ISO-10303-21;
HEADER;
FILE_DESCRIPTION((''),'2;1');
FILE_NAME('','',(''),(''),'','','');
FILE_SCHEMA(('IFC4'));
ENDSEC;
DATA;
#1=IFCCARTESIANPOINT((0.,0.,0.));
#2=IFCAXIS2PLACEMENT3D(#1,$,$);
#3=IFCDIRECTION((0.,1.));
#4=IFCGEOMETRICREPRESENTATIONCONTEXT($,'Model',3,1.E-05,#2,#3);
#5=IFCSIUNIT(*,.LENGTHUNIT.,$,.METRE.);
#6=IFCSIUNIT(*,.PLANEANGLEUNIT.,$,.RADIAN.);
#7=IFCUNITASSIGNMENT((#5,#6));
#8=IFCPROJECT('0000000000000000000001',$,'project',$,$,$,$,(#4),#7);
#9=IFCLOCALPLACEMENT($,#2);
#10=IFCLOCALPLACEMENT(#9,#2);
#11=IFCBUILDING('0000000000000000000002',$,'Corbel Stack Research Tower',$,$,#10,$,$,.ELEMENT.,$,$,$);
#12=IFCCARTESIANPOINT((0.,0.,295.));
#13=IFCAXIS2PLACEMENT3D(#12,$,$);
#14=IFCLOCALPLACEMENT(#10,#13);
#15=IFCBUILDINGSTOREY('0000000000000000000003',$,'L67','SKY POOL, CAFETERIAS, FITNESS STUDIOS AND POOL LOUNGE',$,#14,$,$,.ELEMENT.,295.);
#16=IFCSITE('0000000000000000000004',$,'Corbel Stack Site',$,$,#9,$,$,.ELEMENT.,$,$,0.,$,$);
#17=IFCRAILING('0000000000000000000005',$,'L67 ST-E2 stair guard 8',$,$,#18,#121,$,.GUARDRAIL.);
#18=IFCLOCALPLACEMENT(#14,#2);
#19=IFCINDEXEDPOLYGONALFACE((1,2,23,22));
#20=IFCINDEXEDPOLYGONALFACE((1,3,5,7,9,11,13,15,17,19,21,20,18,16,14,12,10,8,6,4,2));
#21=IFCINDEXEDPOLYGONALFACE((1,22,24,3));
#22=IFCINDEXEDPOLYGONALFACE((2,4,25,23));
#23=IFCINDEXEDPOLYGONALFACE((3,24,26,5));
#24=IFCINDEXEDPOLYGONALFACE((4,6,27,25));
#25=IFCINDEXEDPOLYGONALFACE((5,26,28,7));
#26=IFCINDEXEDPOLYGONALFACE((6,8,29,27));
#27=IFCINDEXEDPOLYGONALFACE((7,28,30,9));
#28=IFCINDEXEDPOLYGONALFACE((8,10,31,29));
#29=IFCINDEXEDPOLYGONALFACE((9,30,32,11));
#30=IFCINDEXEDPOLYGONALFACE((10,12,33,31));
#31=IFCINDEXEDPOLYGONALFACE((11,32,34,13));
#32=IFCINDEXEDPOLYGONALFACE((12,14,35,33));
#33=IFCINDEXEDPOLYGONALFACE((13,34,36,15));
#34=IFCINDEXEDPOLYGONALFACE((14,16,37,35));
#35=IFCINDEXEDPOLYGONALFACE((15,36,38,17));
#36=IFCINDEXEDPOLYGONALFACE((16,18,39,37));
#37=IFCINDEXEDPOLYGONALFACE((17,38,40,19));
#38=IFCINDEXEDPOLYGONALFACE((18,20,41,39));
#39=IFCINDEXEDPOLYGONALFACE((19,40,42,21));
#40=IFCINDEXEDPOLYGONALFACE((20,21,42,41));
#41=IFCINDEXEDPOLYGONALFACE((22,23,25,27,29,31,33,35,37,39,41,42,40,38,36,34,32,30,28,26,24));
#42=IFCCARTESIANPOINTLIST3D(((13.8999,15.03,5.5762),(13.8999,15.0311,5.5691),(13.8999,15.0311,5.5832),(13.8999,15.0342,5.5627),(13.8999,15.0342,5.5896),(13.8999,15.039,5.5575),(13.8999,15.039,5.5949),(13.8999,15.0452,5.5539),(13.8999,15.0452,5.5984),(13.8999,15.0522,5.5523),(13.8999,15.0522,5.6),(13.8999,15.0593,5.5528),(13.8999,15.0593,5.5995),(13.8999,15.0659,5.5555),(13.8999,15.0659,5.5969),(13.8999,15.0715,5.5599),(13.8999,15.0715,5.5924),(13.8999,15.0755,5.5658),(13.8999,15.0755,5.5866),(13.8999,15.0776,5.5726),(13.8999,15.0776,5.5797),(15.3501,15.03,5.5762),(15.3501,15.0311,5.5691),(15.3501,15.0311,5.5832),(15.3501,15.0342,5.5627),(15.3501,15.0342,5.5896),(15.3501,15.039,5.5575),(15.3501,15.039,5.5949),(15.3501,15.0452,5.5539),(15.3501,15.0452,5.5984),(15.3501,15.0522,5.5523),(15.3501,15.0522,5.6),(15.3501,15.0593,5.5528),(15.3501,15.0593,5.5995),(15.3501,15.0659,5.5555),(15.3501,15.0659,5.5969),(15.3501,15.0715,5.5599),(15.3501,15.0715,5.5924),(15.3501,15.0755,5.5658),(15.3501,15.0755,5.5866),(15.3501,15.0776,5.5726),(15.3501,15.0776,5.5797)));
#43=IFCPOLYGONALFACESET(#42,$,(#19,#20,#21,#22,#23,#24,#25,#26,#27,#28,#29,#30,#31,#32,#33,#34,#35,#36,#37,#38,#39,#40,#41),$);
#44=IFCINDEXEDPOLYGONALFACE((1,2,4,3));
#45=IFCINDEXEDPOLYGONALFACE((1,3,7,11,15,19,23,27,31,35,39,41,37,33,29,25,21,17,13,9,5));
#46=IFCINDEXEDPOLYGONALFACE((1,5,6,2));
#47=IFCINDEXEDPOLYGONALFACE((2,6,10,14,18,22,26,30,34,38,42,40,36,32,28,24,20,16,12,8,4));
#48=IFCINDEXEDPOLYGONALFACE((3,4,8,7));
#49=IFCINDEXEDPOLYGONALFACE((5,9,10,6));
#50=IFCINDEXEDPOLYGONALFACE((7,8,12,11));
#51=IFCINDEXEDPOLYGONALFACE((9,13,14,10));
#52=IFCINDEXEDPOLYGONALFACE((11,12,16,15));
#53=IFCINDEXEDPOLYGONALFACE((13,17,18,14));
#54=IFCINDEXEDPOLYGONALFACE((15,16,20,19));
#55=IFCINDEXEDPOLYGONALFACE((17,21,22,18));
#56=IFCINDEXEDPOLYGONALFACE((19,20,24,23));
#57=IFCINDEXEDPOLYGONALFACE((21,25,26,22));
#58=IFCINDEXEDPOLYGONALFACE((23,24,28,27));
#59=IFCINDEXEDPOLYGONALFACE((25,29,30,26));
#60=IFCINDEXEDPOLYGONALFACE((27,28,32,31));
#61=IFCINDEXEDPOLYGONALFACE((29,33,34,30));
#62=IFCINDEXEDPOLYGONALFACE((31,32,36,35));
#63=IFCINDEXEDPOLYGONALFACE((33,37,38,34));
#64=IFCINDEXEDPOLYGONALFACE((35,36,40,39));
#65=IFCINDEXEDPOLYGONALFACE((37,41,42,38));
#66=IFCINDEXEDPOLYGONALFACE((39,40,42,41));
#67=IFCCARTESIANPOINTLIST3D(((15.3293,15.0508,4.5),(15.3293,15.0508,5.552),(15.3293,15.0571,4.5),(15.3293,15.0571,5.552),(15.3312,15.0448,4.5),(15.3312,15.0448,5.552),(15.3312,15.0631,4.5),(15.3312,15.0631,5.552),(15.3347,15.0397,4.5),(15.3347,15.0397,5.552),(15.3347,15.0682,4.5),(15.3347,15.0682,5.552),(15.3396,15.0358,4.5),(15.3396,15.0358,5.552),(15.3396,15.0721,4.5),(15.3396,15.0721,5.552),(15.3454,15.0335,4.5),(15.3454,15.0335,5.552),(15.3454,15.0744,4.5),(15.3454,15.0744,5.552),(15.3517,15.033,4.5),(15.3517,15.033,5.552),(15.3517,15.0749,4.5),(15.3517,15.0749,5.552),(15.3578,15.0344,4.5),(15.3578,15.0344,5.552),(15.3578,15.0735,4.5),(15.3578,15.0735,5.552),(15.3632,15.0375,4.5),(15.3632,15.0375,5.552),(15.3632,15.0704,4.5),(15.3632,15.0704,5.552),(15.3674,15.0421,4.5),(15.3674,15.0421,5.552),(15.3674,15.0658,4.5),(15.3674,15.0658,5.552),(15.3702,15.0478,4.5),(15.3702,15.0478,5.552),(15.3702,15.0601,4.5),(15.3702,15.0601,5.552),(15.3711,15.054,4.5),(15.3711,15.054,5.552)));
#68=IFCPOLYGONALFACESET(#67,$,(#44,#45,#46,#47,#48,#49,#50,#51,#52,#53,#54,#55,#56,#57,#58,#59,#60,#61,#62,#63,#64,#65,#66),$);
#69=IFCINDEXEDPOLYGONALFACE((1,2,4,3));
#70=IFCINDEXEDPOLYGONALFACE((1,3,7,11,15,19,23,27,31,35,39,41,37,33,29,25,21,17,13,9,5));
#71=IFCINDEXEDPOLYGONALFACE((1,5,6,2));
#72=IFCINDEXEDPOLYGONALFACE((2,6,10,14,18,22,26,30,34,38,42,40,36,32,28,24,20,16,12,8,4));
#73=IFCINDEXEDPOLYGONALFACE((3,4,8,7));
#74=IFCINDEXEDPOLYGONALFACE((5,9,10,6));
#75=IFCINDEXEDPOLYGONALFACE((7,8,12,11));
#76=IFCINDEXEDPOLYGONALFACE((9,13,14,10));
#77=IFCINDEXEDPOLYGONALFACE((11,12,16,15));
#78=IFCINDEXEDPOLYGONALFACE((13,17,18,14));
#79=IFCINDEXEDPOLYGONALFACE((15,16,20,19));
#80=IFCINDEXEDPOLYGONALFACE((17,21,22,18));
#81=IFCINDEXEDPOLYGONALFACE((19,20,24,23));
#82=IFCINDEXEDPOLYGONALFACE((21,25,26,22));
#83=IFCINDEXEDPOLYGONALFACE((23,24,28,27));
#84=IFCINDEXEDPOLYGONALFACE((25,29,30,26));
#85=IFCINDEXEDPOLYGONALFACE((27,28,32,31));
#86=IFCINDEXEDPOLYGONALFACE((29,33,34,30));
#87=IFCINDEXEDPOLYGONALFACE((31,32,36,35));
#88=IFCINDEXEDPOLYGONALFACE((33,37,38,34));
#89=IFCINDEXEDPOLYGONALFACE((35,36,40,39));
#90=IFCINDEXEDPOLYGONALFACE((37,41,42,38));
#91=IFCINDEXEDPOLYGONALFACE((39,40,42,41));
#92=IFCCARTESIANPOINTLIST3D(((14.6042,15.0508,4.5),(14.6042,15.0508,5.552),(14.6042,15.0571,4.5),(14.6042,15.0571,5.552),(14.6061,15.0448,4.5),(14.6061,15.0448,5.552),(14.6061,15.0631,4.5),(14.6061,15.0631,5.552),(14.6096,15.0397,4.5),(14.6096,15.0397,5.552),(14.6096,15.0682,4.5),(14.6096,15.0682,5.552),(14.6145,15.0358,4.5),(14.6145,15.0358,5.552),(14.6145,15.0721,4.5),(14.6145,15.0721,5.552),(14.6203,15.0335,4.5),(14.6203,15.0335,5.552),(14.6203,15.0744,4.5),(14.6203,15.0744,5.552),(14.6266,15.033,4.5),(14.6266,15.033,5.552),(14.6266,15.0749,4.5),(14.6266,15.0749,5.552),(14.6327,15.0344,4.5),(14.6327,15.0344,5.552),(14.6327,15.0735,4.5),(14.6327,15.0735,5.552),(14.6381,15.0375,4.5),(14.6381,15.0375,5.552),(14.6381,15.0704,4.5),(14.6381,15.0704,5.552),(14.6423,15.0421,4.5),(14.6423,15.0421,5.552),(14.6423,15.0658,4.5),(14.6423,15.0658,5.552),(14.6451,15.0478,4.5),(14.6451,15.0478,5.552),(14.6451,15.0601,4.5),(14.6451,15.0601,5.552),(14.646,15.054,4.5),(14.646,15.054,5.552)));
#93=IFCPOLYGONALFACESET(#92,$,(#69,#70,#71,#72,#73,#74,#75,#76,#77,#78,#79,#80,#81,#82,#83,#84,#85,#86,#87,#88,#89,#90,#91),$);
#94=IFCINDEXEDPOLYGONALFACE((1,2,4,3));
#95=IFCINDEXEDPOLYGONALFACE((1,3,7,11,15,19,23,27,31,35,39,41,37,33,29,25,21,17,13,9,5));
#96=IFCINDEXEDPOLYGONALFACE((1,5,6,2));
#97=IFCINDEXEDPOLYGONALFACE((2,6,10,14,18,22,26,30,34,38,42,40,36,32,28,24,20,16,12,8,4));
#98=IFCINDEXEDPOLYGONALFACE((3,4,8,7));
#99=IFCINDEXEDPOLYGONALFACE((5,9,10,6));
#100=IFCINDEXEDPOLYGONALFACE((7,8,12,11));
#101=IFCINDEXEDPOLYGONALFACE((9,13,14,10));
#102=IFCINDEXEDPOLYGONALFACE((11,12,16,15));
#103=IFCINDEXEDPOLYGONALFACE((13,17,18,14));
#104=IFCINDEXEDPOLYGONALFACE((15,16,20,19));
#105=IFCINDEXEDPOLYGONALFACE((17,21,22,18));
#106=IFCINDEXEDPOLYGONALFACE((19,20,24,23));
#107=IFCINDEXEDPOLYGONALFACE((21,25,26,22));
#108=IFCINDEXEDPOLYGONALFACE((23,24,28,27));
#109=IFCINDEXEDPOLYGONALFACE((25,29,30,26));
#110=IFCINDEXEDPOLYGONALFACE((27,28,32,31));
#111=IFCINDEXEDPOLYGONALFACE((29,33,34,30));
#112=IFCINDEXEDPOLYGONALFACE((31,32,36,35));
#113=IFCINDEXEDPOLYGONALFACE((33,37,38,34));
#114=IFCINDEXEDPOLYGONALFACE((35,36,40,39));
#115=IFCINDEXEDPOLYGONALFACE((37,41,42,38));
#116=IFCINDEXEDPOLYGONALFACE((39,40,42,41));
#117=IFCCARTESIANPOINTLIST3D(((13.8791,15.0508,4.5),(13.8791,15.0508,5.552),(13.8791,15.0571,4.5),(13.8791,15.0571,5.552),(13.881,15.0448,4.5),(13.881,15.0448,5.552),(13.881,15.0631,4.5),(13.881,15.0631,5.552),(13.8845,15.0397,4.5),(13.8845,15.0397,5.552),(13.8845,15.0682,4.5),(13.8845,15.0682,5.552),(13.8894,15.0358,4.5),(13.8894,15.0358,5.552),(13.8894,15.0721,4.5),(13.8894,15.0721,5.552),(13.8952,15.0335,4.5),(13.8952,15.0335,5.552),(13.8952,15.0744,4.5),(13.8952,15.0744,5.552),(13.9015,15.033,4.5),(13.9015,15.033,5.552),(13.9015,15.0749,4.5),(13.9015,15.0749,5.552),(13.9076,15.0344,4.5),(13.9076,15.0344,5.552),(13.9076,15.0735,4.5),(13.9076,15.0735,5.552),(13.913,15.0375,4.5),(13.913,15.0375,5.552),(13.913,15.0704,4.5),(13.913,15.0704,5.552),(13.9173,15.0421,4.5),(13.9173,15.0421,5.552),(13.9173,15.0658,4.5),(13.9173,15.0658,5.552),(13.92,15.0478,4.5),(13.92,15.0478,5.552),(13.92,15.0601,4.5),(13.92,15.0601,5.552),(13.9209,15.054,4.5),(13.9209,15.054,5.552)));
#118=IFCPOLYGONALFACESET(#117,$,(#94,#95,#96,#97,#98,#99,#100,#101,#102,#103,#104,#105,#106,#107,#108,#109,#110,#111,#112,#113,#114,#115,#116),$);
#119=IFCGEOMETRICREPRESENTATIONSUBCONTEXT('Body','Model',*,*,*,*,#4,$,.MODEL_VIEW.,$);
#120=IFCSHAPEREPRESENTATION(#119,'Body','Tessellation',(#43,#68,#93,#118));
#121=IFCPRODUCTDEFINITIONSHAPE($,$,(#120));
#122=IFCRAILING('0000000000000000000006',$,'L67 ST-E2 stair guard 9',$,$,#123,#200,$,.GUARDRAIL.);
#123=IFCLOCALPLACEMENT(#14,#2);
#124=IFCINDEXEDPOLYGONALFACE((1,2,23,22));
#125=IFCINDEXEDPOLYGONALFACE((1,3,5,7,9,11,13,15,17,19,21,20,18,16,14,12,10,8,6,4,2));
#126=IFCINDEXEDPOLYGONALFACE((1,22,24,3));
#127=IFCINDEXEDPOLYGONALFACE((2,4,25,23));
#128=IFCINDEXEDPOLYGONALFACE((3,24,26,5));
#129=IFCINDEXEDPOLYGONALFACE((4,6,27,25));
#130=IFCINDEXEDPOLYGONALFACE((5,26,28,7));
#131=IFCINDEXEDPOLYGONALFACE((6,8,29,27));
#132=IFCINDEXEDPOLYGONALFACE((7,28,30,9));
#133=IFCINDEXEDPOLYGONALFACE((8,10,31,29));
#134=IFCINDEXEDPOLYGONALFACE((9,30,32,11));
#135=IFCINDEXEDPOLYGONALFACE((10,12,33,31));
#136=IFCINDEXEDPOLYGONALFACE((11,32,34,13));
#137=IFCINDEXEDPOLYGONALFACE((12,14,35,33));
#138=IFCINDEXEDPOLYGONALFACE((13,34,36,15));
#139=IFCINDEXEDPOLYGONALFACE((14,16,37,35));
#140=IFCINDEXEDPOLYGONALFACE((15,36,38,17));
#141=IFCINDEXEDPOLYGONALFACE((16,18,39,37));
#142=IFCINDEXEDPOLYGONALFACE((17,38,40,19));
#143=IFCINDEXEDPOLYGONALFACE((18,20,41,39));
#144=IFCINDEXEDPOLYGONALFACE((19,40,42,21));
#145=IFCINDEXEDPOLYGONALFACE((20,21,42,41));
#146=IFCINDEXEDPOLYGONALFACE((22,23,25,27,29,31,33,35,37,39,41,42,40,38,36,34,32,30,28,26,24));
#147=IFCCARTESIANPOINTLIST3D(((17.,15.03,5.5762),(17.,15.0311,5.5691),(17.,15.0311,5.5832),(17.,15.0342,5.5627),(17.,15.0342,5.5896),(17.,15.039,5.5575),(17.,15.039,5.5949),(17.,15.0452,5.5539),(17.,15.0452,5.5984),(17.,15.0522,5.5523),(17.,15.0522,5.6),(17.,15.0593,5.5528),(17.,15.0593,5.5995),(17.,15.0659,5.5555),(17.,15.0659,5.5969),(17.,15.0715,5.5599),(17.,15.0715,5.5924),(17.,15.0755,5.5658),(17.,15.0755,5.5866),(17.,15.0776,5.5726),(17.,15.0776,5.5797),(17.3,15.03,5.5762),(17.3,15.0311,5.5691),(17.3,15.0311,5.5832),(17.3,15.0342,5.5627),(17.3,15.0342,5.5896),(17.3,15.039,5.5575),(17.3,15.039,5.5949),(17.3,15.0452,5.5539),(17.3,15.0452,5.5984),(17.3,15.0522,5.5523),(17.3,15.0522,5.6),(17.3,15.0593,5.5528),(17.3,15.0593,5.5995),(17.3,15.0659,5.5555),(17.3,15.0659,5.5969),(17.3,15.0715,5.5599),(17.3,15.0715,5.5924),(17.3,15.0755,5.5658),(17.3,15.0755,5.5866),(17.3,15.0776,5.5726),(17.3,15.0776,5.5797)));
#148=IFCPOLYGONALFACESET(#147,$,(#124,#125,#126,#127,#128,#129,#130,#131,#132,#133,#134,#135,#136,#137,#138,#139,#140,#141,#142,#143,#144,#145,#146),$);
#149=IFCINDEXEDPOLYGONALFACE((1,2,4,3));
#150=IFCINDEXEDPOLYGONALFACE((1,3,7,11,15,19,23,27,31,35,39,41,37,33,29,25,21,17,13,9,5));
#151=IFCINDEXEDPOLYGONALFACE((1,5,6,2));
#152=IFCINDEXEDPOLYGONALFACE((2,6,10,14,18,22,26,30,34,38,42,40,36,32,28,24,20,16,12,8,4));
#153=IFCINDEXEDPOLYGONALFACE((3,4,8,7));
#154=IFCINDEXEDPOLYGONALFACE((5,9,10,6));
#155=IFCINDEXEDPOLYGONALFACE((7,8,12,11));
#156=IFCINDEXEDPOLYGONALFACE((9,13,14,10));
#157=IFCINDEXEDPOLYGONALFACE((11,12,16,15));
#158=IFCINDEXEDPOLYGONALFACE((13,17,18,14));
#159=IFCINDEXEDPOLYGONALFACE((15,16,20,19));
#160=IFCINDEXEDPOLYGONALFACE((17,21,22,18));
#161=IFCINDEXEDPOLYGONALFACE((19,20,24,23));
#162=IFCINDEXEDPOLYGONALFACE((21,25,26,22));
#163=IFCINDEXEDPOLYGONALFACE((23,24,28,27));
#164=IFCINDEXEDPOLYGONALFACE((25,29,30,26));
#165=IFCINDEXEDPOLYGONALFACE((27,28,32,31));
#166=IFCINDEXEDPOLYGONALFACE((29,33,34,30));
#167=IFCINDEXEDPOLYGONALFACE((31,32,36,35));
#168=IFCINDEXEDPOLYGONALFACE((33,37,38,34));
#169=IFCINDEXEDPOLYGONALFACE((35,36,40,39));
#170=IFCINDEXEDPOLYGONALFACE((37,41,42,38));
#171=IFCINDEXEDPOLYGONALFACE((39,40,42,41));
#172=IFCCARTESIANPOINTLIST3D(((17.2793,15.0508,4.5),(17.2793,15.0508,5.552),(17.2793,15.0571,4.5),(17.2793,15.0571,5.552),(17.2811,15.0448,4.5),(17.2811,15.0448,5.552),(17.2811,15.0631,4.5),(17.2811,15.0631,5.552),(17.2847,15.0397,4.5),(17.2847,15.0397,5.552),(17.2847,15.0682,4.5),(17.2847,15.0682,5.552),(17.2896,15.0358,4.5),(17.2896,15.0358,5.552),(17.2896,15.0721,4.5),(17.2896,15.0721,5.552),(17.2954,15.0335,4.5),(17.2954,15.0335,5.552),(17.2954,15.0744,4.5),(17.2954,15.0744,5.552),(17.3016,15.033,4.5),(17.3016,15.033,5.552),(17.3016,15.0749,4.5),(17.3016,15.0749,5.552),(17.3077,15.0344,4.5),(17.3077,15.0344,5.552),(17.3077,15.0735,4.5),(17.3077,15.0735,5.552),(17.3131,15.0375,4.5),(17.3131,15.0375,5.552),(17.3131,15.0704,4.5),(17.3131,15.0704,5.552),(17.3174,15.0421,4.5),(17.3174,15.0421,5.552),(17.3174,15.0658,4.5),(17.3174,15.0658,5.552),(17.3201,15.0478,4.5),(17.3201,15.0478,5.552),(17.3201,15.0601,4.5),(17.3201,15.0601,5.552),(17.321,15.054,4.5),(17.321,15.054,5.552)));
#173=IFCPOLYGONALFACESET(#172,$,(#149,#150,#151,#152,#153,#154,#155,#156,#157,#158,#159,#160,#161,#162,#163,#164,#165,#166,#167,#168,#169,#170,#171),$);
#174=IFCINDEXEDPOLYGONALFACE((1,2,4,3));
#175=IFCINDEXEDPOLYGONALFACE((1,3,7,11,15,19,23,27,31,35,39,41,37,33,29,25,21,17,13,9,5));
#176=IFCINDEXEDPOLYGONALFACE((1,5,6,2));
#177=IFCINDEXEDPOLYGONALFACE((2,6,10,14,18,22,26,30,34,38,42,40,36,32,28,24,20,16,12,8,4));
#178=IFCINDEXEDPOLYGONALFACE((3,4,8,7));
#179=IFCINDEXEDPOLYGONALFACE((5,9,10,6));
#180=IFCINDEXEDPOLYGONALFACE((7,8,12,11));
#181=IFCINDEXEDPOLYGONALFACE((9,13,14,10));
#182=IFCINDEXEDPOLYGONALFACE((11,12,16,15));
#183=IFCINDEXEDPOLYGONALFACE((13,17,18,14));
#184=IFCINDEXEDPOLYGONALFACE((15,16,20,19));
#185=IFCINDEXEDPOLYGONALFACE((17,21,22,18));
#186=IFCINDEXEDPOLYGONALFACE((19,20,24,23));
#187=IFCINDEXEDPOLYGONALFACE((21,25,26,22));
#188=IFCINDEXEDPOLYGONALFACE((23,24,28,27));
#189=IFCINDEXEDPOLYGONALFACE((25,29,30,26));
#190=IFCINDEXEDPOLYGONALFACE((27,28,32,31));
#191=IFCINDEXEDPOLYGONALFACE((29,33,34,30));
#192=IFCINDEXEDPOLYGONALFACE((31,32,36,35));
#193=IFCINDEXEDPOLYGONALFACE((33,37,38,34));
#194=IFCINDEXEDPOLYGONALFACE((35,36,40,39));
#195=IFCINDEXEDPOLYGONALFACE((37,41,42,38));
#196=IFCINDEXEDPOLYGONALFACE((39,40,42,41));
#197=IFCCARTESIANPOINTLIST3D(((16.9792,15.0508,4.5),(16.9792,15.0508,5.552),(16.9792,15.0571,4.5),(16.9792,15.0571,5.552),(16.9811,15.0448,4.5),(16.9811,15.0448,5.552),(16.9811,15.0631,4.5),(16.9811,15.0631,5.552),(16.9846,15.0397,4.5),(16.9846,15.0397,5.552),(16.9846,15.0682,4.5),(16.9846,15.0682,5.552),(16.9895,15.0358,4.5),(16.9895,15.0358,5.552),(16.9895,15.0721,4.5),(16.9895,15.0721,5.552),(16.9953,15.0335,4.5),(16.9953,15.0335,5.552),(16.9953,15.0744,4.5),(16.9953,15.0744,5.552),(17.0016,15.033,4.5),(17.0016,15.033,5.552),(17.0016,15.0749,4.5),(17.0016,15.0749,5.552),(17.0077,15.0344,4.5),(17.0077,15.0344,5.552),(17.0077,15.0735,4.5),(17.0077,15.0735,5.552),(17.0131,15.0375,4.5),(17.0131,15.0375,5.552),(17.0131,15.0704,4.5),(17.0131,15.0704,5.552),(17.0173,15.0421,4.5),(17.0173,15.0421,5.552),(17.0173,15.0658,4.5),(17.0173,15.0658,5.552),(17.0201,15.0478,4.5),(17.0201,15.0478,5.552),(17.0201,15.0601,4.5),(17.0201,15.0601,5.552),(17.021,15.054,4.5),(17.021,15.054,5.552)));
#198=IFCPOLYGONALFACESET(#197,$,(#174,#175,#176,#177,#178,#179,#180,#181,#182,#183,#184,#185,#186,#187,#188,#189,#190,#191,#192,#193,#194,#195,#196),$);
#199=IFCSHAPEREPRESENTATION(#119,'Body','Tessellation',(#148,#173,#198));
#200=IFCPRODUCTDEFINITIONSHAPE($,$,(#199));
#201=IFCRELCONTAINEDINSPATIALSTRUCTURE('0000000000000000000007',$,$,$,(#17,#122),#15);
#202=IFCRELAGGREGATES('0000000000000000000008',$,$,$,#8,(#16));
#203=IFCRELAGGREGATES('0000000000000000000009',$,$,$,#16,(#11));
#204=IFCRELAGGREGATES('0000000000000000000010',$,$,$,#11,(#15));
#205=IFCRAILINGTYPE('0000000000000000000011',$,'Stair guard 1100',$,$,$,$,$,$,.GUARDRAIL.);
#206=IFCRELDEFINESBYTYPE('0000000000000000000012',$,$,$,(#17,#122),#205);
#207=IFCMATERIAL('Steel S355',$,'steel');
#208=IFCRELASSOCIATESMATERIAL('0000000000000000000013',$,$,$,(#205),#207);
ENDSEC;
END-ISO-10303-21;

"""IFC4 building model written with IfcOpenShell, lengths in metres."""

from ifc_helpers import new_model, si_unit, direction, frame, origin, origin_2d, place, context, subcontext, project, spatial, circle, extrude, material, type_object, element, save


model = new_model("IFC4")

# Units and contexts
model_context = context("Model", 3, precision=1e-05, world=origin(), true_north=direction((0.0, 1.0)))
body_context = subcontext(model_context, "Body", "Model", "MODEL_VIEW")
ifc_project = project(units=[si_unit("LENGTHUNIT", "METRE"), si_unit("PLANEANGLEUNIT", "RADIAN")], contexts=[model_context])

# Site, building, storey
site_placement = place(None, origin())
site = spatial("IfcSite", under=ifc_project, at=site_placement, Name="Corbel Stack Site", CompositionType="ELEMENT", RefElevation=0.0)
building_placement = place(site_placement, origin())
building = spatial("IfcBuilding", under=site, at=building_placement, Name="Corbel Stack Research Tower", CompositionType="ELEMENT")
storey_placement = place(building_placement, frame((0.0, 0.0, 295.0)))
storey = spatial("IfcBuildingStorey", under=building, at=storey_placement, Name="L67", Description="SKY POOL, CAFETERIAS, FITNESS STUDIOS AND POOL LOUNGE", CompositionType="ELEMENT", Elevation=295.0)

# Railings
ifc_material_1 = material(Name="Steel S355", Category="steel")
railing_type_1 = type_object("IfcRailingType", Name="Stair guard 1100", PredefinedType="GUARDRAIL", material=ifc_material_1)
railing_1_placement = place(storey_placement, frame((15.3501, 15.054, 4.5)))
element("IfcRailing", 1, at=railing_1_placement, inside=storey, type_object=railing_type_1, Name="L67 ST-E2 stair guard 8", PredefinedType="GUARDRAIL", context=body_context, shape_type="SweptSolid", body=[
    extrude(circle(Radius=0.0239, at=origin_2d()), frame((0.0, 0.0, 1.0762), z_axis=(-1.0, 0.0, 0.0), x_axis=(0.0, -1.0, 0.0)), (0.0, 0.0, 1.0), 1.4502),
    extrude(circle(Radius=0.021, at=origin_2d()), origin(), (0.0, 0.0, 1.0), 1.052),
    extrude(circle(Radius=0.021, at=origin_2d()), frame((-0.7251, 0.0, 0.0)), (0.0, 0.0, 1.0), 1.052),
    extrude(circle(Radius=0.021, at=origin_2d()), frame((-1.4502, 0.0, 0.0)), (0.0, 0.0, 1.0), 1.052),
])
railing_2_placement = place(storey_placement, frame((17.3, 15.054, 4.5)))
element("IfcRailing", 2, at=railing_2_placement, inside=storey, type_object=railing_type_1, Name="L67 ST-E2 stair guard 9", PredefinedType="GUARDRAIL", context=body_context, shape_type="SweptSolid", body=[
    extrude(circle(Radius=0.0239, at=origin_2d()), frame((0.0, 0.0, 1.0762), z_axis=(-1.0, 0.0, 0.0), x_axis=(0.0, -1.0, 0.0)), (0.0, 0.0, 1.0), 0.3),
    extrude(circle(Radius=0.021, at=origin_2d()), origin(), (0.0, 0.0, 1.0), 1.052),
    extrude(circle(Radius=0.021, at=origin_2d()), frame((-0.3, 0.0, 0.0)), (0.0, 0.0, 1.0), 1.052),
])

save(model, "model.ifc")
